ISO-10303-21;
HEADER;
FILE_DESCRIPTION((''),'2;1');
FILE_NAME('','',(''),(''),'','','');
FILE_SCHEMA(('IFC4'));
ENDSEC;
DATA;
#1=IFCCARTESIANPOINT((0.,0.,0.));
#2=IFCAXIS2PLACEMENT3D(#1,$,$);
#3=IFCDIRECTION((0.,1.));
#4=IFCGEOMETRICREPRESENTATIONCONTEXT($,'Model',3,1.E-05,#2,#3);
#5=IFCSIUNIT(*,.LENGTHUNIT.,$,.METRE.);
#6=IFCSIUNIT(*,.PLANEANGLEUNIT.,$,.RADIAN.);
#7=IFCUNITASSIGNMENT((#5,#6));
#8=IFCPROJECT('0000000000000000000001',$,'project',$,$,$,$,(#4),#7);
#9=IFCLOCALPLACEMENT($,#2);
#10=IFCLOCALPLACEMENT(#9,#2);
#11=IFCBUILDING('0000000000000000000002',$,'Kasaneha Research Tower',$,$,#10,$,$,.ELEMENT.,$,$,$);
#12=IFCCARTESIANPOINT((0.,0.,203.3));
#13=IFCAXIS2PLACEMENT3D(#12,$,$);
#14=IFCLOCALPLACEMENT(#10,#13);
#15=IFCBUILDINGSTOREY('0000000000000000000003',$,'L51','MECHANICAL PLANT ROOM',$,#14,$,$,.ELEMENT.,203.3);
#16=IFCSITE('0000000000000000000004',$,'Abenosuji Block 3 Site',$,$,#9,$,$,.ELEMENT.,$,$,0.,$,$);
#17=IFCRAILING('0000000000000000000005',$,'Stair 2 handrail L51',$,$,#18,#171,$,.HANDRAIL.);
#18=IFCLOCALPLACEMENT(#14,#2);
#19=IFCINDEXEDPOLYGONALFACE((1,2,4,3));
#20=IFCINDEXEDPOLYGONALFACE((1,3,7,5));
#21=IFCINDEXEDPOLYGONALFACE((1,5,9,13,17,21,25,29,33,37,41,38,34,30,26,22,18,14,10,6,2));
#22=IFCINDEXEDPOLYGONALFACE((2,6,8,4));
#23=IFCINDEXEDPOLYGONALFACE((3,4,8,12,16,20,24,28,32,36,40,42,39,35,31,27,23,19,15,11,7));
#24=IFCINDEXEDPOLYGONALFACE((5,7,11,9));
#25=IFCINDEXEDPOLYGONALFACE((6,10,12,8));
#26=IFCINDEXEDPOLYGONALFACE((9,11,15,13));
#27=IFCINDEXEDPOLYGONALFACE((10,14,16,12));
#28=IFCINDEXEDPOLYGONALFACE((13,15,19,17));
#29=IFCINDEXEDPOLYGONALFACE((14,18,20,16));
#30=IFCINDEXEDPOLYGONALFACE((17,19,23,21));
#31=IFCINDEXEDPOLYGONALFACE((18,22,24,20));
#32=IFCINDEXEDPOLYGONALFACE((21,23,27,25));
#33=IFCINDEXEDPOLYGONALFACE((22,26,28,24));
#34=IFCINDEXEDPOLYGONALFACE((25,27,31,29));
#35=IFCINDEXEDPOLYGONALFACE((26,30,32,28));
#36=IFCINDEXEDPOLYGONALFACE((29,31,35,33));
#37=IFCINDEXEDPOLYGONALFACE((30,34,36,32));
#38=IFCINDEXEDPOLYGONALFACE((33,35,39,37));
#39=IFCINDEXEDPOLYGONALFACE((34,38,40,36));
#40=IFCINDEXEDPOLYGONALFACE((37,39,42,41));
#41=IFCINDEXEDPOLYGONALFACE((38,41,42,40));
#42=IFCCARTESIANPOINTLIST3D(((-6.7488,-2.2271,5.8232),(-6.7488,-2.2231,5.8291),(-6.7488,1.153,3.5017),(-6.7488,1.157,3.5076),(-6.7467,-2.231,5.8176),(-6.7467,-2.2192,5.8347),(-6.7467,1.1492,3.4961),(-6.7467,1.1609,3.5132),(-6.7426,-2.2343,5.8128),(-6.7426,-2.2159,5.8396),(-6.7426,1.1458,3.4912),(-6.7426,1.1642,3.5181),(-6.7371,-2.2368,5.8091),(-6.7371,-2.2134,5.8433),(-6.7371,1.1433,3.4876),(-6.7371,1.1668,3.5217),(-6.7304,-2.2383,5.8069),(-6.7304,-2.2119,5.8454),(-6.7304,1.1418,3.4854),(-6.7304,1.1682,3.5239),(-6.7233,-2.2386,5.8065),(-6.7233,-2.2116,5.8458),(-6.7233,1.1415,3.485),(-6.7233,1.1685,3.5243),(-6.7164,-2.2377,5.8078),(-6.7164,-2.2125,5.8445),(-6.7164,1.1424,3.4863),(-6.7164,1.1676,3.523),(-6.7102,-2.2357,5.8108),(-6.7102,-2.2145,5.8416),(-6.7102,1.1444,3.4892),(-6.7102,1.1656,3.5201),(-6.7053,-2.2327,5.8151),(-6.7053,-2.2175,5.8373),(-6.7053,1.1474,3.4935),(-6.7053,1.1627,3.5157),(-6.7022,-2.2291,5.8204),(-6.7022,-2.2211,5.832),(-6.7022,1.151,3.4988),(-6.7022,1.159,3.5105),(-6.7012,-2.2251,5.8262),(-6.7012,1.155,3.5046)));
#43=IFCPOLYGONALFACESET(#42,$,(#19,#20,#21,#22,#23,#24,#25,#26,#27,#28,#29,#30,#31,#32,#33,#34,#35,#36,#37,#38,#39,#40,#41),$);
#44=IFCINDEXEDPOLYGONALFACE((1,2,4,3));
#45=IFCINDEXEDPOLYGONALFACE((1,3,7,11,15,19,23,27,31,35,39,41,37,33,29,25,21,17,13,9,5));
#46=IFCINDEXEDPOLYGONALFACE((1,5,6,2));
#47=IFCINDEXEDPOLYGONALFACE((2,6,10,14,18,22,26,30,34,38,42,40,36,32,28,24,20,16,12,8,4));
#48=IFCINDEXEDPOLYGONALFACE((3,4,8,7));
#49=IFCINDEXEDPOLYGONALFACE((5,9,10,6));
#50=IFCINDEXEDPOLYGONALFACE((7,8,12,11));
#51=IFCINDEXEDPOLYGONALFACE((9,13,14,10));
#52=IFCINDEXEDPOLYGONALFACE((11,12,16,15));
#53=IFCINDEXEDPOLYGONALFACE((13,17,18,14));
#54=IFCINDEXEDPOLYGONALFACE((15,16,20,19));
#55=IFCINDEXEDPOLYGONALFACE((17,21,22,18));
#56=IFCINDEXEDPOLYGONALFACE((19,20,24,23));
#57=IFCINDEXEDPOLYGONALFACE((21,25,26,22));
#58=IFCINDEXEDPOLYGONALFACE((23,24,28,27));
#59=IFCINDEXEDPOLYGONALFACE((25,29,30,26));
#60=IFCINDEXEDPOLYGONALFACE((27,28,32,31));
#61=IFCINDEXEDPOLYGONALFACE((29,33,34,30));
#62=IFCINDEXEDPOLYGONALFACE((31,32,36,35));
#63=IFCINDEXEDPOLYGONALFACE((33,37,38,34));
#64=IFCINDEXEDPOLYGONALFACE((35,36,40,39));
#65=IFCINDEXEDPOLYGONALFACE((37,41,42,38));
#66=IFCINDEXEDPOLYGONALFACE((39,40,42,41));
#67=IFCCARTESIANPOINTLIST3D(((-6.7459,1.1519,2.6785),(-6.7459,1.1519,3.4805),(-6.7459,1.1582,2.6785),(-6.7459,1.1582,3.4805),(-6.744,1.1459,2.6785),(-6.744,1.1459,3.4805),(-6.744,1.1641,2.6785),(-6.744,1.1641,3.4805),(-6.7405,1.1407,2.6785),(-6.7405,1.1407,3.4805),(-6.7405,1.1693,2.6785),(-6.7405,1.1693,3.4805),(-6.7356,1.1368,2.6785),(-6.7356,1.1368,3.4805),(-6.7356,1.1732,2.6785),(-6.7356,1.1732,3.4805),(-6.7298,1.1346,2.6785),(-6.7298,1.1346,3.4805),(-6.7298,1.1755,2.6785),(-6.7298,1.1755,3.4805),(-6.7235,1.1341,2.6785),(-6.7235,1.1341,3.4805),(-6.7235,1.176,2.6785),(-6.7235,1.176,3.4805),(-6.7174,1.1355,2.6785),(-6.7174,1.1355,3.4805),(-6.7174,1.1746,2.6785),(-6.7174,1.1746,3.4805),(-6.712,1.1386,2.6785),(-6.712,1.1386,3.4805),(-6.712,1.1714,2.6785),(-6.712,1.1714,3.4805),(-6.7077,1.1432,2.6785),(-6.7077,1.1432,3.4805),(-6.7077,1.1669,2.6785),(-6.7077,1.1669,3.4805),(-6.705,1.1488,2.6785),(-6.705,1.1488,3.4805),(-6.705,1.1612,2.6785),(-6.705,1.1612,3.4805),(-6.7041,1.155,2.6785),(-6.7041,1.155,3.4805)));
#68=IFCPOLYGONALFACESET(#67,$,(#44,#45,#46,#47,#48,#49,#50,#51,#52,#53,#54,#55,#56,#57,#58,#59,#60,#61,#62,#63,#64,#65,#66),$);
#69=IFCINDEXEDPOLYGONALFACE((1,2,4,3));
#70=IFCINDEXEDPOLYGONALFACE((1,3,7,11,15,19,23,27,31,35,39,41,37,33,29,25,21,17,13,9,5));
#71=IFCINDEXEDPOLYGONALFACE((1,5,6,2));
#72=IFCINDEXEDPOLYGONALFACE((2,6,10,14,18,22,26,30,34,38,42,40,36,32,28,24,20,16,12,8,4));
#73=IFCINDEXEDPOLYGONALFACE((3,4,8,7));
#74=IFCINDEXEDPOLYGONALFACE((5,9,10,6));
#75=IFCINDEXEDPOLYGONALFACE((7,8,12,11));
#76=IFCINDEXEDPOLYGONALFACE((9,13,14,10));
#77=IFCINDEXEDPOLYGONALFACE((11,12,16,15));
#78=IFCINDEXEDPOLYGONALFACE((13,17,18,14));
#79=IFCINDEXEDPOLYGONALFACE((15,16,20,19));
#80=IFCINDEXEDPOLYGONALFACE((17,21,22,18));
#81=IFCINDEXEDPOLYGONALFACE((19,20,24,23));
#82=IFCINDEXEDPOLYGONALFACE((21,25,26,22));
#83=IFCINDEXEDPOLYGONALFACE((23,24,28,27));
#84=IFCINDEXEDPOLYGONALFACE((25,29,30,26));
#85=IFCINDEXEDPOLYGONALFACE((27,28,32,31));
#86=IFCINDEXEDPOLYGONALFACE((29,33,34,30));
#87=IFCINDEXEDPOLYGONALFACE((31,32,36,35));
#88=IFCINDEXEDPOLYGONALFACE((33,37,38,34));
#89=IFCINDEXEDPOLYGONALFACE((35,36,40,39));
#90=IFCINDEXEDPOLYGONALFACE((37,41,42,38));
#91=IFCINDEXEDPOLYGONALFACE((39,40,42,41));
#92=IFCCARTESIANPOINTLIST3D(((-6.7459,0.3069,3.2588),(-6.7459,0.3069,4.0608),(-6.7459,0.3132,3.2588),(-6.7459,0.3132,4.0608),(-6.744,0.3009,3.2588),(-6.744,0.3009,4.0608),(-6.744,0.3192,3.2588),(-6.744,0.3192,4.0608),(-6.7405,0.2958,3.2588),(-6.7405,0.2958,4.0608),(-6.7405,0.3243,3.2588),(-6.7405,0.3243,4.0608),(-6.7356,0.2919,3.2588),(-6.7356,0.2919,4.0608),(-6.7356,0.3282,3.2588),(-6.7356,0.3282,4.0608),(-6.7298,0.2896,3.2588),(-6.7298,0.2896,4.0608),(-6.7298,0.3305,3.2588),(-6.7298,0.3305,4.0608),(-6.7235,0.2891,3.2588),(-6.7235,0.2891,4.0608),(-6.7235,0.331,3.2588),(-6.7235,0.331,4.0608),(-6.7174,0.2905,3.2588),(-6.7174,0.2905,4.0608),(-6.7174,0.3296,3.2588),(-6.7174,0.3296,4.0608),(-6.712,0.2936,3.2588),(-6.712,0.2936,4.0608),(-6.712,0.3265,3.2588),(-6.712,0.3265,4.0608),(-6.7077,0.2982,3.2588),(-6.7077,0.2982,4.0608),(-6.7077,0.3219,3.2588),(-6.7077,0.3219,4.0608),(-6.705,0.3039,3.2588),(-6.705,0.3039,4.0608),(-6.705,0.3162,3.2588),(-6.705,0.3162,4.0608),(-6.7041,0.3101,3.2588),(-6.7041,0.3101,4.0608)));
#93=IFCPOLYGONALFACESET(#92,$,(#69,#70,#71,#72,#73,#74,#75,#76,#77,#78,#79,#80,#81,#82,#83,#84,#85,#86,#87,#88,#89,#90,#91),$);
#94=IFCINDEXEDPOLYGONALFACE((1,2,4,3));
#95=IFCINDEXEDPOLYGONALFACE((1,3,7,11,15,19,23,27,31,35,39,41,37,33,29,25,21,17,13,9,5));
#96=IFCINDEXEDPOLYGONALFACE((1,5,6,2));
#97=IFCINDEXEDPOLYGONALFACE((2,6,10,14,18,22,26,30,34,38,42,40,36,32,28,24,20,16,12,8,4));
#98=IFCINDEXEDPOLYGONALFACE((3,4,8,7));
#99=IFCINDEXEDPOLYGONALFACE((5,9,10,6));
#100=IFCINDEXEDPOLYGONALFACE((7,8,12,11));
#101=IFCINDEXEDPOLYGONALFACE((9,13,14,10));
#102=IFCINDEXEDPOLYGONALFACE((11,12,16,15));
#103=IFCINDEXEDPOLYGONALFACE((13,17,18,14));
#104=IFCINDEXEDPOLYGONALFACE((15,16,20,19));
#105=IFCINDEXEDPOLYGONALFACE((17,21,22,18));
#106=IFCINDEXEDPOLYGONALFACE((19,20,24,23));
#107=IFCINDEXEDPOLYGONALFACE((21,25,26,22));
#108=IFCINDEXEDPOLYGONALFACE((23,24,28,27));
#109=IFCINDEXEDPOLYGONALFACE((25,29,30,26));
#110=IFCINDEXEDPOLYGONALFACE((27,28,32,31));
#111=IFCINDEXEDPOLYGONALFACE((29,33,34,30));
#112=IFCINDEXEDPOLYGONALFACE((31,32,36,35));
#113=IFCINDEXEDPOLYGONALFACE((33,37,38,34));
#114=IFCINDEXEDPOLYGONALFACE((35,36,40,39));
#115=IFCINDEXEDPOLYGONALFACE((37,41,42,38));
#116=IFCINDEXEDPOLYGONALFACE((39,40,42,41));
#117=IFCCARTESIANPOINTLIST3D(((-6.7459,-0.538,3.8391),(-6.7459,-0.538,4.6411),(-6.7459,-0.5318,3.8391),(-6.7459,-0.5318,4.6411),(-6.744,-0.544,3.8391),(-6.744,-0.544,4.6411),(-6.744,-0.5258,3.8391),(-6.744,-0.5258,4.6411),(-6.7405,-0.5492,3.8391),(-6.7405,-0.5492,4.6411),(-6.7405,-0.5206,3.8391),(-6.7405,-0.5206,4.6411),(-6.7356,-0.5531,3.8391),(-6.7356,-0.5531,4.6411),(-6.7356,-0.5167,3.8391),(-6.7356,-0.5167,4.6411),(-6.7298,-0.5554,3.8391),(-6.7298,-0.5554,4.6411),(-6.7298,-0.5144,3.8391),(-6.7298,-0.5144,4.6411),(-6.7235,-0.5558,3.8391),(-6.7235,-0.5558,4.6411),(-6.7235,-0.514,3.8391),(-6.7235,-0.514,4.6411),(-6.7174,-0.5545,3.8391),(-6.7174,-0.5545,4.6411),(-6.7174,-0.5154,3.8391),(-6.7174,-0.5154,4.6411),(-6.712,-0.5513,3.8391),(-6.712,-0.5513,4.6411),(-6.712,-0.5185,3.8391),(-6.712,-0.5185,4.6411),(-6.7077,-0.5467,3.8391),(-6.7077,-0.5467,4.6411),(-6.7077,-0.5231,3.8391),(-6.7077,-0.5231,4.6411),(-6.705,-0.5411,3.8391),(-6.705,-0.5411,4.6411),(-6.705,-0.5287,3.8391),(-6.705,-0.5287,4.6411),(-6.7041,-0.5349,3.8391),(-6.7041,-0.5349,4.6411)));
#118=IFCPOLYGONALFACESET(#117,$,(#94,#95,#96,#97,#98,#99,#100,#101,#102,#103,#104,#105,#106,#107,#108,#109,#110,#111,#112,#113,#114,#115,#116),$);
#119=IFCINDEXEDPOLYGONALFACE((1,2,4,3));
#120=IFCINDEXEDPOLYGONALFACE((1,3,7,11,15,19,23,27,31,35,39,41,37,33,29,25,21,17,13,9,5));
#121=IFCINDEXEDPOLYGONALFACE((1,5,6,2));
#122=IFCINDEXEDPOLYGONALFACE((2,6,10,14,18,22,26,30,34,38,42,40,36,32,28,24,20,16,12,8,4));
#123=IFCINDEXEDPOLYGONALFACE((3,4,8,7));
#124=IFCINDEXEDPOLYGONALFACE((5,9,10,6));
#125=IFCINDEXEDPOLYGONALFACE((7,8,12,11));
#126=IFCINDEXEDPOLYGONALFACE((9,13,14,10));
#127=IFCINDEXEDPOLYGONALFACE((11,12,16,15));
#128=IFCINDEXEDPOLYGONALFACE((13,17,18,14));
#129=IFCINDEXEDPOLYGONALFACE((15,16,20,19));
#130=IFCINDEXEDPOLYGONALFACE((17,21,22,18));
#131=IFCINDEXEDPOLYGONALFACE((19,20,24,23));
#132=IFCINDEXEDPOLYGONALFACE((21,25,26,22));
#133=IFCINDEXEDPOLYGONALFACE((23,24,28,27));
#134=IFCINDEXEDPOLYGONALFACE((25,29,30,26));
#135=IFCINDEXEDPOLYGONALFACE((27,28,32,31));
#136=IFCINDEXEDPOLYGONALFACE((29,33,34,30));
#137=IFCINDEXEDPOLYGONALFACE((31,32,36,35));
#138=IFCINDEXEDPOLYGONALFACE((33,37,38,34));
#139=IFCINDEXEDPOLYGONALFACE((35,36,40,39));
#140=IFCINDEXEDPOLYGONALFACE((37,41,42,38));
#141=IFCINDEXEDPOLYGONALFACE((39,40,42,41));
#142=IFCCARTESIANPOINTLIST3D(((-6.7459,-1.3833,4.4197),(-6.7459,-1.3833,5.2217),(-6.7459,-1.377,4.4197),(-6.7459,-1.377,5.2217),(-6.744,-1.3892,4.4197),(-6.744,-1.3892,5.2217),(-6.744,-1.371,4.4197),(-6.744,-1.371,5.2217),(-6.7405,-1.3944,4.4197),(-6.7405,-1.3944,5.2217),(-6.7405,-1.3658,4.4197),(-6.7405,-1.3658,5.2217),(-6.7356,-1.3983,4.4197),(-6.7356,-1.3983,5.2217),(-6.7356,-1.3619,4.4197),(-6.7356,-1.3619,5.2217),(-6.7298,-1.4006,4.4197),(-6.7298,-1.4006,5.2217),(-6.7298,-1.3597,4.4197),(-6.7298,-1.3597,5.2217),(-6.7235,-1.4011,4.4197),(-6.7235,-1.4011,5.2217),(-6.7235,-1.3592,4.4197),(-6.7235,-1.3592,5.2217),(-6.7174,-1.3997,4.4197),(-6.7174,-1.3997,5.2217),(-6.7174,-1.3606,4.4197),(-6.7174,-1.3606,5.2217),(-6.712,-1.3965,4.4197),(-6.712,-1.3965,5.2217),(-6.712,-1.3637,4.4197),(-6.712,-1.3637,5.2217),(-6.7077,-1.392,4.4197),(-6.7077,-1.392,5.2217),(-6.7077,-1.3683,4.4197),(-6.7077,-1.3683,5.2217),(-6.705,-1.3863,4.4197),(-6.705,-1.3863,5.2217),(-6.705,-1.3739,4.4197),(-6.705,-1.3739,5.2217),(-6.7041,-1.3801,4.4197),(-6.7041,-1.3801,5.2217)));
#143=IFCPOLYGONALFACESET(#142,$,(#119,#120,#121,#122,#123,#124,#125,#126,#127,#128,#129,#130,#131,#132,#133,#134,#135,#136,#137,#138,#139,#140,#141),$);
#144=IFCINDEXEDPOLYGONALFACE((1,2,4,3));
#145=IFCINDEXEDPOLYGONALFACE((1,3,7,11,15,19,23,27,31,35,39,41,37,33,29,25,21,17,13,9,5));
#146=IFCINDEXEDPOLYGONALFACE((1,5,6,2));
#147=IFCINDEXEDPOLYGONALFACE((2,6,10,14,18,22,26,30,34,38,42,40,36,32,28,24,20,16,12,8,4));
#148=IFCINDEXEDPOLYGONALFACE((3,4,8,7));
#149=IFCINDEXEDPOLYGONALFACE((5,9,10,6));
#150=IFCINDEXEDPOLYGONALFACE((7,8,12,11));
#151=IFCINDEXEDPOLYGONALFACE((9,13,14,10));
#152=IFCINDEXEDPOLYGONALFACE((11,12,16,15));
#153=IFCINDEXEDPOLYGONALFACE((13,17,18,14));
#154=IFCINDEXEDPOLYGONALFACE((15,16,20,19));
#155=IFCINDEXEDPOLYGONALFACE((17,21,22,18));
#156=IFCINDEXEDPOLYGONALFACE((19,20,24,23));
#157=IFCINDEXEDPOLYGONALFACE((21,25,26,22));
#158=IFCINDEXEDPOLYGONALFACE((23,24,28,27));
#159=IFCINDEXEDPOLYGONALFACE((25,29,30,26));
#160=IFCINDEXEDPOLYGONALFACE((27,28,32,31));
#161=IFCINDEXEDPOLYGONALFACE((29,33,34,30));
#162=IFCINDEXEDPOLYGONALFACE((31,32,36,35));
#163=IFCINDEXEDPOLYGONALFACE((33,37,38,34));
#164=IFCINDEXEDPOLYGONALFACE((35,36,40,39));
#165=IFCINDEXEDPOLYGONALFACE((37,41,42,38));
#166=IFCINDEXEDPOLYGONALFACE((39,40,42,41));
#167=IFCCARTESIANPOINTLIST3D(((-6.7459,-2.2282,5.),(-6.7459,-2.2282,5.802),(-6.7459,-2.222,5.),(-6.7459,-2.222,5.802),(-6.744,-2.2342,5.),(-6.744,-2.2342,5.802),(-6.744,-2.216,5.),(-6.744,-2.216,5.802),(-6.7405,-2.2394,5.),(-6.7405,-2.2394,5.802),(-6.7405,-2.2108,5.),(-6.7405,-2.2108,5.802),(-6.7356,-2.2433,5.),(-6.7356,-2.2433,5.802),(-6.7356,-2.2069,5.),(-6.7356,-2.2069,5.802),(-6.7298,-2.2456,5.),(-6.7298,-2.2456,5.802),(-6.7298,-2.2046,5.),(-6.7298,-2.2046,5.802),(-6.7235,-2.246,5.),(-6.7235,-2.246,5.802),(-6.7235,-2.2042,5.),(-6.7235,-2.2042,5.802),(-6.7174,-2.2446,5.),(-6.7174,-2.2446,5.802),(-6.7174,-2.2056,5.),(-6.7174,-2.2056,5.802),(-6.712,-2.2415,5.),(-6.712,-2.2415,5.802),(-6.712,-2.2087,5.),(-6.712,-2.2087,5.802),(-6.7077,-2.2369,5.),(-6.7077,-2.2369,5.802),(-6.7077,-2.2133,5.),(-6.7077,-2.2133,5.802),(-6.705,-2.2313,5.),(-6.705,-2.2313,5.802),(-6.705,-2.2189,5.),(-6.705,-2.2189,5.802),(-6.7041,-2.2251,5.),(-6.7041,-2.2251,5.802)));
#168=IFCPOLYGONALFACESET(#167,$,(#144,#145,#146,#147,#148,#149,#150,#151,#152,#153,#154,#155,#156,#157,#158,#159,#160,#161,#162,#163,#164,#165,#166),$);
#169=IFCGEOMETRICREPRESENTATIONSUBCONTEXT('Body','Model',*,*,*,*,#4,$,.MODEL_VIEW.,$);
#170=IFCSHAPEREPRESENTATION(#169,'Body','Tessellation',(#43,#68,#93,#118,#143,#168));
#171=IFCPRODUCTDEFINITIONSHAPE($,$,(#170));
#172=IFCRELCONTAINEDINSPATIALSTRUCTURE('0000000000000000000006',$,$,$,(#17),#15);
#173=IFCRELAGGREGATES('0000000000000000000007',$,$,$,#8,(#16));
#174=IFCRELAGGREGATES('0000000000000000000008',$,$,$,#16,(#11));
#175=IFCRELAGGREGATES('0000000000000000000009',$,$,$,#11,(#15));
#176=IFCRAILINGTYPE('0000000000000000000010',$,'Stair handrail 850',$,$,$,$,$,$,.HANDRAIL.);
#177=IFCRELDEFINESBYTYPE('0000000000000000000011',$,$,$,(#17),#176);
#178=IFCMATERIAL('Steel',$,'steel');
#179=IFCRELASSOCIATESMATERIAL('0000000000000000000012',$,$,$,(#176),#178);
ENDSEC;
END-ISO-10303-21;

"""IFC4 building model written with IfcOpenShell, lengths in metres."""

from ifc_helpers import new_model, si_unit, direction, frame, origin, origin_2d, place, context, subcontext, project, spatial, circle, extrude, material, type_object, element, save


model = new_model("IFC4")

# Units and contexts
model_context = context("Model", 3, precision=1e-05, world=origin(), true_north=direction((0.0, 1.0)))
body_context = subcontext(model_context, "Body", "Model", "MODEL_VIEW")
ifc_project = project(units=[si_unit("LENGTHUNIT", "METRE"), si_unit("PLANEANGLEUNIT", "RADIAN")], contexts=[model_context])

# Site, building, storey
site_placement = place(None, origin())
site = spatial("IfcSite", under=ifc_project, at=site_placement, Name="Abenosuji Block 3 Site", CompositionType="ELEMENT", RefElevation=0.0)
building_placement = place(site_placement, origin())
building = spatial("IfcBuilding", under=site, at=building_placement, Name="Kasaneha Research Tower", CompositionType="ELEMENT")
storey_placement = place(building_placement, frame((0.0, 0.0, 203.3)))
storey = spatial("IfcBuildingStorey", under=building, at=storey_placement, Name="L51", Description="MECHANICAL PLANT ROOM", CompositionType="ELEMENT", Elevation=203.3)

# Railing
ifc_material_1 = material(Name="Steel", Category="steel")
railing_type_1 = type_object("IfcRailingType", Name="Stair handrail 850", PredefinedType="HANDRAIL", material=ifc_material_1)
railing_1_placement = place(storey_placement, frame((-6.7251, 1.155, 2.6785)))
element("IfcRailing", 1, at=railing_1_placement, inside=storey, type_object=railing_type_1, Name="Stair 2 handrail L51", PredefinedType="HANDRAIL", context=body_context, shape_type="SweptSolid", body=[
    extrude(circle(Radius=0.0239, at=origin_2d()), frame((0.0, 0.0, 0.8262), z_axis=(0.0, -0.824304, 0.566147), x_axis=(1.0, 0.0, 0.0)), (0.0, 0.0, 1.0), 4.1006),
    extrude(circle(Radius=0.021, at=origin_2d()), origin(), (0.0, 0.0, 1.0), 0.802),
    extrude(circle(Radius=0.021, at=origin_2d()), frame((0.0, -0.845, 0.5803)), (0.0, 0.0, 1.0), 0.802),
    extrude(circle(Radius=0.021, at=origin_2d()), frame((0.0, -1.6899, 1.1606)), (0.0, 0.0, 1.0), 0.802),
    extrude(circle(Radius=0.021, at=origin_2d()), frame((0.0, -2.5352, 1.7412)), (0.0, 0.0, 1.0), 0.802),
    extrude(circle(Radius=0.021, at=origin_2d()), frame((0.0, -3.3801, 2.3215)), (0.0, 0.0, 1.0), 0.802),
])

save(model, "model.ifc")
